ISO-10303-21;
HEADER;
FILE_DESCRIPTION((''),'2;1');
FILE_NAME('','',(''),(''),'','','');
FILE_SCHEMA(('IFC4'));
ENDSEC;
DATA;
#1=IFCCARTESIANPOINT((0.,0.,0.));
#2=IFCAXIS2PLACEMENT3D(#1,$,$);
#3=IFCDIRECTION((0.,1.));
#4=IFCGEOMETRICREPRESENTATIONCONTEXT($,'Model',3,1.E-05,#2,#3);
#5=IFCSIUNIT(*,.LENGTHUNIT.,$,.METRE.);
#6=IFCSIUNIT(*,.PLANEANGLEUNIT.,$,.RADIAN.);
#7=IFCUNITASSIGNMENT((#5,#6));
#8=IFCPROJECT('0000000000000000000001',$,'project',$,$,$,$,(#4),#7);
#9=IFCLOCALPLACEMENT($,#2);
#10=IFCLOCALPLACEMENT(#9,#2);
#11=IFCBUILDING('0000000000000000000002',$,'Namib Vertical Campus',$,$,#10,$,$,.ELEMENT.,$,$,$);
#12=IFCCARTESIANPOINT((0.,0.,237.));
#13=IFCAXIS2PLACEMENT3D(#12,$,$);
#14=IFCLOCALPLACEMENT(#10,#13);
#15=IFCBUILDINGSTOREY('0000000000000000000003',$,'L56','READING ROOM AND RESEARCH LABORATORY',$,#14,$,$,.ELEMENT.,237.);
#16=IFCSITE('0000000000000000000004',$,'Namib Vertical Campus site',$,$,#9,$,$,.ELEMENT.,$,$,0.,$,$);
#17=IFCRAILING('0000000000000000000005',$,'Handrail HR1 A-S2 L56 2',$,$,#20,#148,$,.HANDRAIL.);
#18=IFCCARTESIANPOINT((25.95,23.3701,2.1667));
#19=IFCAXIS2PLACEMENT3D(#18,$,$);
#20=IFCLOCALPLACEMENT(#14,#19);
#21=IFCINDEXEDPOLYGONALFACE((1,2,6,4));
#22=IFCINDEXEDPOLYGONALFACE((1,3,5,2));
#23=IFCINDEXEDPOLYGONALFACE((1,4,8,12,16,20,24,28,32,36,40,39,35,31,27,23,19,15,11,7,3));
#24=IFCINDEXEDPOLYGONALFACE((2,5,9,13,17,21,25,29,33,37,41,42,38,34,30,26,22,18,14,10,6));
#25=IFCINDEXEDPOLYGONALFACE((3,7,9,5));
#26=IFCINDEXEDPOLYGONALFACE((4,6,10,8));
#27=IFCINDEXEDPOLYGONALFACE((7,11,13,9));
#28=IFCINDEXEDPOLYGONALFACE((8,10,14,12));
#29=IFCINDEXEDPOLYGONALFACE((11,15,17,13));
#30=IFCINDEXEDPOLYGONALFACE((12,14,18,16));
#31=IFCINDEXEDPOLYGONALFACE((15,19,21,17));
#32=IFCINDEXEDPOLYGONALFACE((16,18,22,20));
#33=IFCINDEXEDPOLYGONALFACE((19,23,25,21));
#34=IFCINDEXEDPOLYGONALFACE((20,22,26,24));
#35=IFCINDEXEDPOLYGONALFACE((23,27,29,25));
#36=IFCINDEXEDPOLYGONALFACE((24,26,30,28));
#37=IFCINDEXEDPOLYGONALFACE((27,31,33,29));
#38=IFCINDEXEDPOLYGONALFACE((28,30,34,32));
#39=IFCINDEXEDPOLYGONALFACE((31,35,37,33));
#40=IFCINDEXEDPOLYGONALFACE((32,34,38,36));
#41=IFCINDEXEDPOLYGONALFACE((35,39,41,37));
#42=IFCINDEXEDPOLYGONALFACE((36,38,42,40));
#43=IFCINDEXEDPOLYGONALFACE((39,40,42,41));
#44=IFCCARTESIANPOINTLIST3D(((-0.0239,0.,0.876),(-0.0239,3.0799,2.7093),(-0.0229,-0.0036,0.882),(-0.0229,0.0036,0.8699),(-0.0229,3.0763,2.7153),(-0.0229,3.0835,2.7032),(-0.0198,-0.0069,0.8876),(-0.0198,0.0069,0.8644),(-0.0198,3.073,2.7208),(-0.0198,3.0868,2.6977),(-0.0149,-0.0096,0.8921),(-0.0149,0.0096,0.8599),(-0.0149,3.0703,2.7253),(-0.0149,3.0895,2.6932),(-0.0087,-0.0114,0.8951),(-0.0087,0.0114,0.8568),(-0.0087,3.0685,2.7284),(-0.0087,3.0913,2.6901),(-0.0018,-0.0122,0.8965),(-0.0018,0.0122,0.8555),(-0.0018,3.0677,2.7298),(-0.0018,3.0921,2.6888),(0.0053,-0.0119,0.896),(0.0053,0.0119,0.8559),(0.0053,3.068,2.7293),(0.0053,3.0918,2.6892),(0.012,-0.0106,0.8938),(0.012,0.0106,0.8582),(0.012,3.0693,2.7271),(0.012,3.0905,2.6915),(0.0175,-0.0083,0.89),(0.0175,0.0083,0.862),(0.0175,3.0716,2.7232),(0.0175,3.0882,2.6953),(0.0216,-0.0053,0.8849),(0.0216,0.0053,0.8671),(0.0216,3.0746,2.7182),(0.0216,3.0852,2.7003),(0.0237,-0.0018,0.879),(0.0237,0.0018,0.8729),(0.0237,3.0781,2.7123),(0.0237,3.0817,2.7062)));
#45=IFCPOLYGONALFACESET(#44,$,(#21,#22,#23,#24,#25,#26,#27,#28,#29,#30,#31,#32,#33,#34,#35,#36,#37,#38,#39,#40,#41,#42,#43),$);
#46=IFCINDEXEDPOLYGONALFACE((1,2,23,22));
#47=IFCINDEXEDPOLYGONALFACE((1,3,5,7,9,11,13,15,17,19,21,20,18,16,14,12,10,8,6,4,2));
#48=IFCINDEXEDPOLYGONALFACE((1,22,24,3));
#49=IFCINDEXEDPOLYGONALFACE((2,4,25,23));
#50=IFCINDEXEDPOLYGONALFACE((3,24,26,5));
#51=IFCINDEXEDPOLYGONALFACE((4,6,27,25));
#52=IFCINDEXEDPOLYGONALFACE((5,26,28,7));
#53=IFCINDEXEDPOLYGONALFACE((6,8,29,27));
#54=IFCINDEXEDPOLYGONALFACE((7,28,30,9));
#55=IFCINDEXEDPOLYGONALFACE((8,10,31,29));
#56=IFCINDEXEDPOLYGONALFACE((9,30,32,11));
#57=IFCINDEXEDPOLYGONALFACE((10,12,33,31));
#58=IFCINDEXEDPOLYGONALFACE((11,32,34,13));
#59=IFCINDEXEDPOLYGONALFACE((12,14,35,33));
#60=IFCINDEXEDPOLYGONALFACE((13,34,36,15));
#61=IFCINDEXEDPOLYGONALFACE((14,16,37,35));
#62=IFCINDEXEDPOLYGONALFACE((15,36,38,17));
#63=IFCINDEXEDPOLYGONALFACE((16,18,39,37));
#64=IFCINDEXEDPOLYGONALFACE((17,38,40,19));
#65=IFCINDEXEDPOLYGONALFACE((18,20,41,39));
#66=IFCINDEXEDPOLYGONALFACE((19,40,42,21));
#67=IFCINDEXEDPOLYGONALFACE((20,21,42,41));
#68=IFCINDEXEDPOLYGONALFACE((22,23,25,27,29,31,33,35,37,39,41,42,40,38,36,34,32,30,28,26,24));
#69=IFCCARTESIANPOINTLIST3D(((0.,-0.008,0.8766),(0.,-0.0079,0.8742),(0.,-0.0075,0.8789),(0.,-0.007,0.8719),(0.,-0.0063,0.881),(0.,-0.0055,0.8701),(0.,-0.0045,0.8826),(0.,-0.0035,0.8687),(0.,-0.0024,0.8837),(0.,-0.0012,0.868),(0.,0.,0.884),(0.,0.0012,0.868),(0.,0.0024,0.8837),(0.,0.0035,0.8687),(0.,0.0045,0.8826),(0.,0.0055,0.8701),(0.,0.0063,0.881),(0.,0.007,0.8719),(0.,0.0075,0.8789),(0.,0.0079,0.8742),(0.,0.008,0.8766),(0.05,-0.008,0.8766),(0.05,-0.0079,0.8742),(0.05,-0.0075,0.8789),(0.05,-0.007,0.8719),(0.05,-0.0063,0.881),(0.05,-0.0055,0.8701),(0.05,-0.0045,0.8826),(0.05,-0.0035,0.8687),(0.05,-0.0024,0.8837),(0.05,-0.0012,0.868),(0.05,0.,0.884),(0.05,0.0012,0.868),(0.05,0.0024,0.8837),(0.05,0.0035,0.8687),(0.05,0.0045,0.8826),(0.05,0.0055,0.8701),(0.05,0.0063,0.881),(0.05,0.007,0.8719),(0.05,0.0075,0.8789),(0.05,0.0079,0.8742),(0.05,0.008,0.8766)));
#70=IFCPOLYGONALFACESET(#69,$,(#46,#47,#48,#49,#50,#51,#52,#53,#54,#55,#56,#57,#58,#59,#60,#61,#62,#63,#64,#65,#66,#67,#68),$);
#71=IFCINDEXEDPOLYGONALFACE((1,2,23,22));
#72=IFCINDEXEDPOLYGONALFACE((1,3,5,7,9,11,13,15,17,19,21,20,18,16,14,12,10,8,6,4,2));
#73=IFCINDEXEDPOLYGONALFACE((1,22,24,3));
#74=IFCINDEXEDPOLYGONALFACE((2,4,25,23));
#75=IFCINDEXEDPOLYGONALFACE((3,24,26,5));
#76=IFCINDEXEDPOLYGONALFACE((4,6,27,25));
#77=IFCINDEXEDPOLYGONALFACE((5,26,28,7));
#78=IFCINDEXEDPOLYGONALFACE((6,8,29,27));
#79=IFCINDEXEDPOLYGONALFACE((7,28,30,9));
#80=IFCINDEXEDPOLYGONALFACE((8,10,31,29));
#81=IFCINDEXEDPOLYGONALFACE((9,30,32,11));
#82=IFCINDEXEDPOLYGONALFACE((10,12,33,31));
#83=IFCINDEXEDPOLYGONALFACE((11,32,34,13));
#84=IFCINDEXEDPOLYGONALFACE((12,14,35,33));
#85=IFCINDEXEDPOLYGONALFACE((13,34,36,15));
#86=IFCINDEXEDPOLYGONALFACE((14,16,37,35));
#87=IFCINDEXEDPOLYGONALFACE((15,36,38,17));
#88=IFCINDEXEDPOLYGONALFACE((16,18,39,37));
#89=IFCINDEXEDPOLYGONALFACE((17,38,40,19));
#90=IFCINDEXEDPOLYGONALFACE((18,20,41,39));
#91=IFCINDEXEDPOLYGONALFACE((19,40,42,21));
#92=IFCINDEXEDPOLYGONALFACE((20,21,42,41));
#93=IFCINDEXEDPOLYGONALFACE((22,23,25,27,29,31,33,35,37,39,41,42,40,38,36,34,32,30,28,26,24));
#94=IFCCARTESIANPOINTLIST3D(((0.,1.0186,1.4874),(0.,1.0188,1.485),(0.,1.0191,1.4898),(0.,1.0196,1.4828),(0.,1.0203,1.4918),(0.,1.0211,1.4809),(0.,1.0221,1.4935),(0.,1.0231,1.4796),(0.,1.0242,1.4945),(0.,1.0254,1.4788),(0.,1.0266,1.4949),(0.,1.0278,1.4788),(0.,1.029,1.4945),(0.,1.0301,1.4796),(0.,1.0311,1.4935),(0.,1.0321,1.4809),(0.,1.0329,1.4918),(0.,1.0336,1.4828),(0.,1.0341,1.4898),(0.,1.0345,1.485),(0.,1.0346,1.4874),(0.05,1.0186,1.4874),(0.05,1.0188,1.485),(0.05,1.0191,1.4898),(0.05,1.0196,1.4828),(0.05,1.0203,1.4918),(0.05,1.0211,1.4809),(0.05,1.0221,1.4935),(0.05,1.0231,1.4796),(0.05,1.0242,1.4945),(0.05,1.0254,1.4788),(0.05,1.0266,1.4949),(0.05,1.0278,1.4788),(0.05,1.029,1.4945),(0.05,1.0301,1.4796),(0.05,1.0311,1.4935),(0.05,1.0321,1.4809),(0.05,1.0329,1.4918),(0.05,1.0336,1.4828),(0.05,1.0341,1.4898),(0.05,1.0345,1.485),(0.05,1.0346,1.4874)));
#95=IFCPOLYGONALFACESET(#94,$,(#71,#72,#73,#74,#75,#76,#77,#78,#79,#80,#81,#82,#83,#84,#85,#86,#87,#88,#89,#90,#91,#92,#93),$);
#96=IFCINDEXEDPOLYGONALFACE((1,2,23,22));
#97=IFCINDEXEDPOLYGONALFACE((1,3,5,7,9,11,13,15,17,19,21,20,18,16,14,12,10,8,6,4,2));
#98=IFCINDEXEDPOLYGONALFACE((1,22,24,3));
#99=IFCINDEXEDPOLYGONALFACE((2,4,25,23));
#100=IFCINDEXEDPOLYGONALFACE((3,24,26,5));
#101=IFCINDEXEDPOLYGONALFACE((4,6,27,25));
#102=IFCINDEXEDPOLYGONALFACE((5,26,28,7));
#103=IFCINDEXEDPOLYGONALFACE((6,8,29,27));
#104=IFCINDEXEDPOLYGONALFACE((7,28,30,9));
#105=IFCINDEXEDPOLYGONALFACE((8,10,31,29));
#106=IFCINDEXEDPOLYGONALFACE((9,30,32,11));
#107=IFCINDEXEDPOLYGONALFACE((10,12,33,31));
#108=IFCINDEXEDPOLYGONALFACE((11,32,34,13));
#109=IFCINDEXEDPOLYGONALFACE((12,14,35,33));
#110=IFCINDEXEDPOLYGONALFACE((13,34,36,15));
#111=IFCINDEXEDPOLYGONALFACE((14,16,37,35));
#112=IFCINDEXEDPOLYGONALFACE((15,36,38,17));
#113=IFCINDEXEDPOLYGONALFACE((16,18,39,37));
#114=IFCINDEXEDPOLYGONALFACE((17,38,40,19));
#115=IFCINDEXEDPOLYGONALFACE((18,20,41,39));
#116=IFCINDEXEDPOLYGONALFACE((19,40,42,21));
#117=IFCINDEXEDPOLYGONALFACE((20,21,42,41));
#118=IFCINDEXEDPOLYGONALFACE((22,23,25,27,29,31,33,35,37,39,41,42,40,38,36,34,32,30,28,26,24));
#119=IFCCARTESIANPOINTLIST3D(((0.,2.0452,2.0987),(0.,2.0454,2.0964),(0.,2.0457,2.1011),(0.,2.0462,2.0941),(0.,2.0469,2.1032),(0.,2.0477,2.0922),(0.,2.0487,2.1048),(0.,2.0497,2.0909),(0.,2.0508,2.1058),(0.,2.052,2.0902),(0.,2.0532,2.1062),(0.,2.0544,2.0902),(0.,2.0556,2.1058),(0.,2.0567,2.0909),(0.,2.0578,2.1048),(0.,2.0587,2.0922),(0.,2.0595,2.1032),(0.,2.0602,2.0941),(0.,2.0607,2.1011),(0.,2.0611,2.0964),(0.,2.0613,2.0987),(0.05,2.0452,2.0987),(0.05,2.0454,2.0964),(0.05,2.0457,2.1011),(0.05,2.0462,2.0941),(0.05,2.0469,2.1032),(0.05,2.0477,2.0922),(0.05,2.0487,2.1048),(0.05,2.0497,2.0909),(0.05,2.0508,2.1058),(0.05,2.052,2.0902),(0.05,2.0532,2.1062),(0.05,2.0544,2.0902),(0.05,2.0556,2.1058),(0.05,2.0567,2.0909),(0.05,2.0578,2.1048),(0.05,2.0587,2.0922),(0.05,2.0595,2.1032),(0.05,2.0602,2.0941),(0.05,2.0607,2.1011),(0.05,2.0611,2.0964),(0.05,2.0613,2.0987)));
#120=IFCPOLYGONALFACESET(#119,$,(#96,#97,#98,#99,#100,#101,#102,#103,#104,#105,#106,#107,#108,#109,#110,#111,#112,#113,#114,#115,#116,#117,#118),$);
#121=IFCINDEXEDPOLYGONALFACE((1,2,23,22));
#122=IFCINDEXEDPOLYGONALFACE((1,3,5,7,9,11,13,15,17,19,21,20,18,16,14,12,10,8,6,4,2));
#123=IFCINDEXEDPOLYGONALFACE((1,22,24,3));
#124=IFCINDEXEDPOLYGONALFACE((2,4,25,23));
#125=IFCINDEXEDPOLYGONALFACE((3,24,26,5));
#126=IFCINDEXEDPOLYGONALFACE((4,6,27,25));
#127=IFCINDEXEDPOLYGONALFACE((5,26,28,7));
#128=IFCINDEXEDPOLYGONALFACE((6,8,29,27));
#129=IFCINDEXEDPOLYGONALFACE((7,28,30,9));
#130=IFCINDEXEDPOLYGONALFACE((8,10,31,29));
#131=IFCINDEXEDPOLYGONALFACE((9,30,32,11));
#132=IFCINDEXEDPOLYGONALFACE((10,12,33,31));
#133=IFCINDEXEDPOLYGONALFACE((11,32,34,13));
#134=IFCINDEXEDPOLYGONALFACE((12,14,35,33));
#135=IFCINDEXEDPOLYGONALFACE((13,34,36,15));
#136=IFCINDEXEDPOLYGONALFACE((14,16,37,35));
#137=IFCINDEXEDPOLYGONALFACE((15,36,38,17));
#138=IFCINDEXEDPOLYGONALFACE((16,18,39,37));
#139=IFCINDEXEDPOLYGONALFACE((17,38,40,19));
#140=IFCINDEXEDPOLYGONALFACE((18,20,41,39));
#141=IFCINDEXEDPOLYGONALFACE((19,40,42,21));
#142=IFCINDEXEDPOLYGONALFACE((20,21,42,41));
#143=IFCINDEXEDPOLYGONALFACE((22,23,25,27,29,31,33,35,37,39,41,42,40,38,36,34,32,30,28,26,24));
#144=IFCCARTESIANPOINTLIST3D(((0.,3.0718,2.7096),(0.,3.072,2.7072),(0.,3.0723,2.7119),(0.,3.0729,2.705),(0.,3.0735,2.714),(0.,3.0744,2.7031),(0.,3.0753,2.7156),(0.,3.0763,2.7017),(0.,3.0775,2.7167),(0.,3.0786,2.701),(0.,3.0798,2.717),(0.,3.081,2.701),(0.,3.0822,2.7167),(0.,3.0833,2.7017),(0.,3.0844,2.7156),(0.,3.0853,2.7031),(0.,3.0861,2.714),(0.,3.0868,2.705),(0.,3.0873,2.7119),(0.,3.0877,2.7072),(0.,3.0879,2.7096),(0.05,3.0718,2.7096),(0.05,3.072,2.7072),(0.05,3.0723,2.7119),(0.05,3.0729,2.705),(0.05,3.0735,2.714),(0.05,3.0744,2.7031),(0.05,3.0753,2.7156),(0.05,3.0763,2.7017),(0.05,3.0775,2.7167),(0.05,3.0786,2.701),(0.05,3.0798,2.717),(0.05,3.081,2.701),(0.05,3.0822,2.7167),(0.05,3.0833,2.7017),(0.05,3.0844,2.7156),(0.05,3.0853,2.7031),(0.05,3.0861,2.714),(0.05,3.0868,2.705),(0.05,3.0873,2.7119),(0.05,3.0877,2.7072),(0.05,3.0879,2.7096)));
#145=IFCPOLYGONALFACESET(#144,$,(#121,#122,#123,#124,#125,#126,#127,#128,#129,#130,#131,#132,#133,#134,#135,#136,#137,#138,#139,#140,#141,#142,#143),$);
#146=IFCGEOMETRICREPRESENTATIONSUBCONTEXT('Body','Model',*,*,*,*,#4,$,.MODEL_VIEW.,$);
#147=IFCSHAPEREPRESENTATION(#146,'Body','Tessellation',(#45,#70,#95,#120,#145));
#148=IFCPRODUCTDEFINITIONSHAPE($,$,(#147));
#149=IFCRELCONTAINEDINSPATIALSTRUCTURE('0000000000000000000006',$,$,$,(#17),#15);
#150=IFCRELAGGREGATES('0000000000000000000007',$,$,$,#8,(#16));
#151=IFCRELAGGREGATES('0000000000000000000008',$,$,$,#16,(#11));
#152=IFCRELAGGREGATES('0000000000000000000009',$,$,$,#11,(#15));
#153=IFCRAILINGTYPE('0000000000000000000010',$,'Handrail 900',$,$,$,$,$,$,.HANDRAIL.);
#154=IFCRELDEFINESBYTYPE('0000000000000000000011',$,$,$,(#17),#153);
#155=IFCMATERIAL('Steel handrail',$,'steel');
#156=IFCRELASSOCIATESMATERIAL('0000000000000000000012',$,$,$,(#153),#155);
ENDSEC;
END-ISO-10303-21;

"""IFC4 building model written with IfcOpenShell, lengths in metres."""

from ifc_helpers import new_model, si_unit, direction, frame, origin, origin_2d, place, context, subcontext, project, spatial, circle, extrude, material, type_object, element, save


model = new_model("IFC4")

# Units and contexts
model_context = context("Model", 3, precision=1e-05, world=origin(), true_north=direction((0.0, 1.0)))
body_context = subcontext(model_context, "Body", "Model", "MODEL_VIEW")
ifc_project = project(units=[si_unit("LENGTHUNIT", "METRE"), si_unit("PLANEANGLEUNIT", "RADIAN")], contexts=[model_context])

# Site, building, storey
site_placement = place(None, origin())
site = spatial("IfcSite", under=ifc_project, at=site_placement, Name="Namib Vertical Campus site", CompositionType="ELEMENT", RefElevation=0.0)
building_placement = place(site_placement, origin())
building = spatial("IfcBuilding", under=site, at=building_placement, Name="Namib Vertical Campus", CompositionType="ELEMENT")
storey_placement = place(building_placement, frame((0.0, 0.0, 237.0)))
storey = spatial("IfcBuildingStorey", under=building, at=storey_placement, Name="L56", Description="READING ROOM AND RESEARCH LABORATORY", CompositionType="ELEMENT", Elevation=237.0)

# Railing
ifc_material_1 = material(Name="Steel handrail", Category="steel")
railing_type_1 = type_object("IfcRailingType", Name="Handrail 900", PredefinedType="HANDRAIL", material=ifc_material_1)
railing_1_placement = place(storey_placement, frame((25.95, 23.3701, 2.1667)))
element("IfcRailing", 1, at=railing_1_placement, inside=storey, type_object=railing_type_1, Name="Handrail HR1 A-S2 L56 2", PredefinedType="HANDRAIL", context=body_context, shape_type="SweptSolid", body=[
    extrude(circle(Radius=0.0239, at=origin_2d()), frame((0.0, 0.0, 0.876), z_axis=(0.0, 0.859291, 0.511487), x_axis=(-1.0, 0.0, 0.0)), (0.0, 0.0, 1.0), 3.5842),
    extrude(circle(Radius=0.0081, at=origin_2d()), frame((0.0, 0.0, 0.876), z_axis=(1.0, 0.0, 0.0), x_axis=(0.0, 0.0, 1.0)), (0.0, 0.0, 1.0), 0.05),
    extrude(circle(Radius=0.0081, at=origin_2d()), frame((0.0, 1.0266, 1.4868), z_axis=(1.0, 0.0, 0.0), x_axis=(0.0, 0.0, 1.0)), (0.0, 0.0, 1.0), 0.05),
    extrude(circle(Radius=0.0081, at=origin_2d()), frame((0.0, 2.0532, 2.0981), z_axis=(1.0, 0.0, 0.0), x_axis=(0.0, 0.0, 1.0)), (0.0, 0.0, 1.0), 0.05),
    extrude(circle(Radius=0.0081, at=origin_2d()), frame((0.0, 3.0798, 2.709), z_axis=(1.0, 0.0, 0.0), x_axis=(0.0, 0.0, 1.0)), (0.0, 0.0, 1.0), 0.05),
])

save(model, "model.ifc")
